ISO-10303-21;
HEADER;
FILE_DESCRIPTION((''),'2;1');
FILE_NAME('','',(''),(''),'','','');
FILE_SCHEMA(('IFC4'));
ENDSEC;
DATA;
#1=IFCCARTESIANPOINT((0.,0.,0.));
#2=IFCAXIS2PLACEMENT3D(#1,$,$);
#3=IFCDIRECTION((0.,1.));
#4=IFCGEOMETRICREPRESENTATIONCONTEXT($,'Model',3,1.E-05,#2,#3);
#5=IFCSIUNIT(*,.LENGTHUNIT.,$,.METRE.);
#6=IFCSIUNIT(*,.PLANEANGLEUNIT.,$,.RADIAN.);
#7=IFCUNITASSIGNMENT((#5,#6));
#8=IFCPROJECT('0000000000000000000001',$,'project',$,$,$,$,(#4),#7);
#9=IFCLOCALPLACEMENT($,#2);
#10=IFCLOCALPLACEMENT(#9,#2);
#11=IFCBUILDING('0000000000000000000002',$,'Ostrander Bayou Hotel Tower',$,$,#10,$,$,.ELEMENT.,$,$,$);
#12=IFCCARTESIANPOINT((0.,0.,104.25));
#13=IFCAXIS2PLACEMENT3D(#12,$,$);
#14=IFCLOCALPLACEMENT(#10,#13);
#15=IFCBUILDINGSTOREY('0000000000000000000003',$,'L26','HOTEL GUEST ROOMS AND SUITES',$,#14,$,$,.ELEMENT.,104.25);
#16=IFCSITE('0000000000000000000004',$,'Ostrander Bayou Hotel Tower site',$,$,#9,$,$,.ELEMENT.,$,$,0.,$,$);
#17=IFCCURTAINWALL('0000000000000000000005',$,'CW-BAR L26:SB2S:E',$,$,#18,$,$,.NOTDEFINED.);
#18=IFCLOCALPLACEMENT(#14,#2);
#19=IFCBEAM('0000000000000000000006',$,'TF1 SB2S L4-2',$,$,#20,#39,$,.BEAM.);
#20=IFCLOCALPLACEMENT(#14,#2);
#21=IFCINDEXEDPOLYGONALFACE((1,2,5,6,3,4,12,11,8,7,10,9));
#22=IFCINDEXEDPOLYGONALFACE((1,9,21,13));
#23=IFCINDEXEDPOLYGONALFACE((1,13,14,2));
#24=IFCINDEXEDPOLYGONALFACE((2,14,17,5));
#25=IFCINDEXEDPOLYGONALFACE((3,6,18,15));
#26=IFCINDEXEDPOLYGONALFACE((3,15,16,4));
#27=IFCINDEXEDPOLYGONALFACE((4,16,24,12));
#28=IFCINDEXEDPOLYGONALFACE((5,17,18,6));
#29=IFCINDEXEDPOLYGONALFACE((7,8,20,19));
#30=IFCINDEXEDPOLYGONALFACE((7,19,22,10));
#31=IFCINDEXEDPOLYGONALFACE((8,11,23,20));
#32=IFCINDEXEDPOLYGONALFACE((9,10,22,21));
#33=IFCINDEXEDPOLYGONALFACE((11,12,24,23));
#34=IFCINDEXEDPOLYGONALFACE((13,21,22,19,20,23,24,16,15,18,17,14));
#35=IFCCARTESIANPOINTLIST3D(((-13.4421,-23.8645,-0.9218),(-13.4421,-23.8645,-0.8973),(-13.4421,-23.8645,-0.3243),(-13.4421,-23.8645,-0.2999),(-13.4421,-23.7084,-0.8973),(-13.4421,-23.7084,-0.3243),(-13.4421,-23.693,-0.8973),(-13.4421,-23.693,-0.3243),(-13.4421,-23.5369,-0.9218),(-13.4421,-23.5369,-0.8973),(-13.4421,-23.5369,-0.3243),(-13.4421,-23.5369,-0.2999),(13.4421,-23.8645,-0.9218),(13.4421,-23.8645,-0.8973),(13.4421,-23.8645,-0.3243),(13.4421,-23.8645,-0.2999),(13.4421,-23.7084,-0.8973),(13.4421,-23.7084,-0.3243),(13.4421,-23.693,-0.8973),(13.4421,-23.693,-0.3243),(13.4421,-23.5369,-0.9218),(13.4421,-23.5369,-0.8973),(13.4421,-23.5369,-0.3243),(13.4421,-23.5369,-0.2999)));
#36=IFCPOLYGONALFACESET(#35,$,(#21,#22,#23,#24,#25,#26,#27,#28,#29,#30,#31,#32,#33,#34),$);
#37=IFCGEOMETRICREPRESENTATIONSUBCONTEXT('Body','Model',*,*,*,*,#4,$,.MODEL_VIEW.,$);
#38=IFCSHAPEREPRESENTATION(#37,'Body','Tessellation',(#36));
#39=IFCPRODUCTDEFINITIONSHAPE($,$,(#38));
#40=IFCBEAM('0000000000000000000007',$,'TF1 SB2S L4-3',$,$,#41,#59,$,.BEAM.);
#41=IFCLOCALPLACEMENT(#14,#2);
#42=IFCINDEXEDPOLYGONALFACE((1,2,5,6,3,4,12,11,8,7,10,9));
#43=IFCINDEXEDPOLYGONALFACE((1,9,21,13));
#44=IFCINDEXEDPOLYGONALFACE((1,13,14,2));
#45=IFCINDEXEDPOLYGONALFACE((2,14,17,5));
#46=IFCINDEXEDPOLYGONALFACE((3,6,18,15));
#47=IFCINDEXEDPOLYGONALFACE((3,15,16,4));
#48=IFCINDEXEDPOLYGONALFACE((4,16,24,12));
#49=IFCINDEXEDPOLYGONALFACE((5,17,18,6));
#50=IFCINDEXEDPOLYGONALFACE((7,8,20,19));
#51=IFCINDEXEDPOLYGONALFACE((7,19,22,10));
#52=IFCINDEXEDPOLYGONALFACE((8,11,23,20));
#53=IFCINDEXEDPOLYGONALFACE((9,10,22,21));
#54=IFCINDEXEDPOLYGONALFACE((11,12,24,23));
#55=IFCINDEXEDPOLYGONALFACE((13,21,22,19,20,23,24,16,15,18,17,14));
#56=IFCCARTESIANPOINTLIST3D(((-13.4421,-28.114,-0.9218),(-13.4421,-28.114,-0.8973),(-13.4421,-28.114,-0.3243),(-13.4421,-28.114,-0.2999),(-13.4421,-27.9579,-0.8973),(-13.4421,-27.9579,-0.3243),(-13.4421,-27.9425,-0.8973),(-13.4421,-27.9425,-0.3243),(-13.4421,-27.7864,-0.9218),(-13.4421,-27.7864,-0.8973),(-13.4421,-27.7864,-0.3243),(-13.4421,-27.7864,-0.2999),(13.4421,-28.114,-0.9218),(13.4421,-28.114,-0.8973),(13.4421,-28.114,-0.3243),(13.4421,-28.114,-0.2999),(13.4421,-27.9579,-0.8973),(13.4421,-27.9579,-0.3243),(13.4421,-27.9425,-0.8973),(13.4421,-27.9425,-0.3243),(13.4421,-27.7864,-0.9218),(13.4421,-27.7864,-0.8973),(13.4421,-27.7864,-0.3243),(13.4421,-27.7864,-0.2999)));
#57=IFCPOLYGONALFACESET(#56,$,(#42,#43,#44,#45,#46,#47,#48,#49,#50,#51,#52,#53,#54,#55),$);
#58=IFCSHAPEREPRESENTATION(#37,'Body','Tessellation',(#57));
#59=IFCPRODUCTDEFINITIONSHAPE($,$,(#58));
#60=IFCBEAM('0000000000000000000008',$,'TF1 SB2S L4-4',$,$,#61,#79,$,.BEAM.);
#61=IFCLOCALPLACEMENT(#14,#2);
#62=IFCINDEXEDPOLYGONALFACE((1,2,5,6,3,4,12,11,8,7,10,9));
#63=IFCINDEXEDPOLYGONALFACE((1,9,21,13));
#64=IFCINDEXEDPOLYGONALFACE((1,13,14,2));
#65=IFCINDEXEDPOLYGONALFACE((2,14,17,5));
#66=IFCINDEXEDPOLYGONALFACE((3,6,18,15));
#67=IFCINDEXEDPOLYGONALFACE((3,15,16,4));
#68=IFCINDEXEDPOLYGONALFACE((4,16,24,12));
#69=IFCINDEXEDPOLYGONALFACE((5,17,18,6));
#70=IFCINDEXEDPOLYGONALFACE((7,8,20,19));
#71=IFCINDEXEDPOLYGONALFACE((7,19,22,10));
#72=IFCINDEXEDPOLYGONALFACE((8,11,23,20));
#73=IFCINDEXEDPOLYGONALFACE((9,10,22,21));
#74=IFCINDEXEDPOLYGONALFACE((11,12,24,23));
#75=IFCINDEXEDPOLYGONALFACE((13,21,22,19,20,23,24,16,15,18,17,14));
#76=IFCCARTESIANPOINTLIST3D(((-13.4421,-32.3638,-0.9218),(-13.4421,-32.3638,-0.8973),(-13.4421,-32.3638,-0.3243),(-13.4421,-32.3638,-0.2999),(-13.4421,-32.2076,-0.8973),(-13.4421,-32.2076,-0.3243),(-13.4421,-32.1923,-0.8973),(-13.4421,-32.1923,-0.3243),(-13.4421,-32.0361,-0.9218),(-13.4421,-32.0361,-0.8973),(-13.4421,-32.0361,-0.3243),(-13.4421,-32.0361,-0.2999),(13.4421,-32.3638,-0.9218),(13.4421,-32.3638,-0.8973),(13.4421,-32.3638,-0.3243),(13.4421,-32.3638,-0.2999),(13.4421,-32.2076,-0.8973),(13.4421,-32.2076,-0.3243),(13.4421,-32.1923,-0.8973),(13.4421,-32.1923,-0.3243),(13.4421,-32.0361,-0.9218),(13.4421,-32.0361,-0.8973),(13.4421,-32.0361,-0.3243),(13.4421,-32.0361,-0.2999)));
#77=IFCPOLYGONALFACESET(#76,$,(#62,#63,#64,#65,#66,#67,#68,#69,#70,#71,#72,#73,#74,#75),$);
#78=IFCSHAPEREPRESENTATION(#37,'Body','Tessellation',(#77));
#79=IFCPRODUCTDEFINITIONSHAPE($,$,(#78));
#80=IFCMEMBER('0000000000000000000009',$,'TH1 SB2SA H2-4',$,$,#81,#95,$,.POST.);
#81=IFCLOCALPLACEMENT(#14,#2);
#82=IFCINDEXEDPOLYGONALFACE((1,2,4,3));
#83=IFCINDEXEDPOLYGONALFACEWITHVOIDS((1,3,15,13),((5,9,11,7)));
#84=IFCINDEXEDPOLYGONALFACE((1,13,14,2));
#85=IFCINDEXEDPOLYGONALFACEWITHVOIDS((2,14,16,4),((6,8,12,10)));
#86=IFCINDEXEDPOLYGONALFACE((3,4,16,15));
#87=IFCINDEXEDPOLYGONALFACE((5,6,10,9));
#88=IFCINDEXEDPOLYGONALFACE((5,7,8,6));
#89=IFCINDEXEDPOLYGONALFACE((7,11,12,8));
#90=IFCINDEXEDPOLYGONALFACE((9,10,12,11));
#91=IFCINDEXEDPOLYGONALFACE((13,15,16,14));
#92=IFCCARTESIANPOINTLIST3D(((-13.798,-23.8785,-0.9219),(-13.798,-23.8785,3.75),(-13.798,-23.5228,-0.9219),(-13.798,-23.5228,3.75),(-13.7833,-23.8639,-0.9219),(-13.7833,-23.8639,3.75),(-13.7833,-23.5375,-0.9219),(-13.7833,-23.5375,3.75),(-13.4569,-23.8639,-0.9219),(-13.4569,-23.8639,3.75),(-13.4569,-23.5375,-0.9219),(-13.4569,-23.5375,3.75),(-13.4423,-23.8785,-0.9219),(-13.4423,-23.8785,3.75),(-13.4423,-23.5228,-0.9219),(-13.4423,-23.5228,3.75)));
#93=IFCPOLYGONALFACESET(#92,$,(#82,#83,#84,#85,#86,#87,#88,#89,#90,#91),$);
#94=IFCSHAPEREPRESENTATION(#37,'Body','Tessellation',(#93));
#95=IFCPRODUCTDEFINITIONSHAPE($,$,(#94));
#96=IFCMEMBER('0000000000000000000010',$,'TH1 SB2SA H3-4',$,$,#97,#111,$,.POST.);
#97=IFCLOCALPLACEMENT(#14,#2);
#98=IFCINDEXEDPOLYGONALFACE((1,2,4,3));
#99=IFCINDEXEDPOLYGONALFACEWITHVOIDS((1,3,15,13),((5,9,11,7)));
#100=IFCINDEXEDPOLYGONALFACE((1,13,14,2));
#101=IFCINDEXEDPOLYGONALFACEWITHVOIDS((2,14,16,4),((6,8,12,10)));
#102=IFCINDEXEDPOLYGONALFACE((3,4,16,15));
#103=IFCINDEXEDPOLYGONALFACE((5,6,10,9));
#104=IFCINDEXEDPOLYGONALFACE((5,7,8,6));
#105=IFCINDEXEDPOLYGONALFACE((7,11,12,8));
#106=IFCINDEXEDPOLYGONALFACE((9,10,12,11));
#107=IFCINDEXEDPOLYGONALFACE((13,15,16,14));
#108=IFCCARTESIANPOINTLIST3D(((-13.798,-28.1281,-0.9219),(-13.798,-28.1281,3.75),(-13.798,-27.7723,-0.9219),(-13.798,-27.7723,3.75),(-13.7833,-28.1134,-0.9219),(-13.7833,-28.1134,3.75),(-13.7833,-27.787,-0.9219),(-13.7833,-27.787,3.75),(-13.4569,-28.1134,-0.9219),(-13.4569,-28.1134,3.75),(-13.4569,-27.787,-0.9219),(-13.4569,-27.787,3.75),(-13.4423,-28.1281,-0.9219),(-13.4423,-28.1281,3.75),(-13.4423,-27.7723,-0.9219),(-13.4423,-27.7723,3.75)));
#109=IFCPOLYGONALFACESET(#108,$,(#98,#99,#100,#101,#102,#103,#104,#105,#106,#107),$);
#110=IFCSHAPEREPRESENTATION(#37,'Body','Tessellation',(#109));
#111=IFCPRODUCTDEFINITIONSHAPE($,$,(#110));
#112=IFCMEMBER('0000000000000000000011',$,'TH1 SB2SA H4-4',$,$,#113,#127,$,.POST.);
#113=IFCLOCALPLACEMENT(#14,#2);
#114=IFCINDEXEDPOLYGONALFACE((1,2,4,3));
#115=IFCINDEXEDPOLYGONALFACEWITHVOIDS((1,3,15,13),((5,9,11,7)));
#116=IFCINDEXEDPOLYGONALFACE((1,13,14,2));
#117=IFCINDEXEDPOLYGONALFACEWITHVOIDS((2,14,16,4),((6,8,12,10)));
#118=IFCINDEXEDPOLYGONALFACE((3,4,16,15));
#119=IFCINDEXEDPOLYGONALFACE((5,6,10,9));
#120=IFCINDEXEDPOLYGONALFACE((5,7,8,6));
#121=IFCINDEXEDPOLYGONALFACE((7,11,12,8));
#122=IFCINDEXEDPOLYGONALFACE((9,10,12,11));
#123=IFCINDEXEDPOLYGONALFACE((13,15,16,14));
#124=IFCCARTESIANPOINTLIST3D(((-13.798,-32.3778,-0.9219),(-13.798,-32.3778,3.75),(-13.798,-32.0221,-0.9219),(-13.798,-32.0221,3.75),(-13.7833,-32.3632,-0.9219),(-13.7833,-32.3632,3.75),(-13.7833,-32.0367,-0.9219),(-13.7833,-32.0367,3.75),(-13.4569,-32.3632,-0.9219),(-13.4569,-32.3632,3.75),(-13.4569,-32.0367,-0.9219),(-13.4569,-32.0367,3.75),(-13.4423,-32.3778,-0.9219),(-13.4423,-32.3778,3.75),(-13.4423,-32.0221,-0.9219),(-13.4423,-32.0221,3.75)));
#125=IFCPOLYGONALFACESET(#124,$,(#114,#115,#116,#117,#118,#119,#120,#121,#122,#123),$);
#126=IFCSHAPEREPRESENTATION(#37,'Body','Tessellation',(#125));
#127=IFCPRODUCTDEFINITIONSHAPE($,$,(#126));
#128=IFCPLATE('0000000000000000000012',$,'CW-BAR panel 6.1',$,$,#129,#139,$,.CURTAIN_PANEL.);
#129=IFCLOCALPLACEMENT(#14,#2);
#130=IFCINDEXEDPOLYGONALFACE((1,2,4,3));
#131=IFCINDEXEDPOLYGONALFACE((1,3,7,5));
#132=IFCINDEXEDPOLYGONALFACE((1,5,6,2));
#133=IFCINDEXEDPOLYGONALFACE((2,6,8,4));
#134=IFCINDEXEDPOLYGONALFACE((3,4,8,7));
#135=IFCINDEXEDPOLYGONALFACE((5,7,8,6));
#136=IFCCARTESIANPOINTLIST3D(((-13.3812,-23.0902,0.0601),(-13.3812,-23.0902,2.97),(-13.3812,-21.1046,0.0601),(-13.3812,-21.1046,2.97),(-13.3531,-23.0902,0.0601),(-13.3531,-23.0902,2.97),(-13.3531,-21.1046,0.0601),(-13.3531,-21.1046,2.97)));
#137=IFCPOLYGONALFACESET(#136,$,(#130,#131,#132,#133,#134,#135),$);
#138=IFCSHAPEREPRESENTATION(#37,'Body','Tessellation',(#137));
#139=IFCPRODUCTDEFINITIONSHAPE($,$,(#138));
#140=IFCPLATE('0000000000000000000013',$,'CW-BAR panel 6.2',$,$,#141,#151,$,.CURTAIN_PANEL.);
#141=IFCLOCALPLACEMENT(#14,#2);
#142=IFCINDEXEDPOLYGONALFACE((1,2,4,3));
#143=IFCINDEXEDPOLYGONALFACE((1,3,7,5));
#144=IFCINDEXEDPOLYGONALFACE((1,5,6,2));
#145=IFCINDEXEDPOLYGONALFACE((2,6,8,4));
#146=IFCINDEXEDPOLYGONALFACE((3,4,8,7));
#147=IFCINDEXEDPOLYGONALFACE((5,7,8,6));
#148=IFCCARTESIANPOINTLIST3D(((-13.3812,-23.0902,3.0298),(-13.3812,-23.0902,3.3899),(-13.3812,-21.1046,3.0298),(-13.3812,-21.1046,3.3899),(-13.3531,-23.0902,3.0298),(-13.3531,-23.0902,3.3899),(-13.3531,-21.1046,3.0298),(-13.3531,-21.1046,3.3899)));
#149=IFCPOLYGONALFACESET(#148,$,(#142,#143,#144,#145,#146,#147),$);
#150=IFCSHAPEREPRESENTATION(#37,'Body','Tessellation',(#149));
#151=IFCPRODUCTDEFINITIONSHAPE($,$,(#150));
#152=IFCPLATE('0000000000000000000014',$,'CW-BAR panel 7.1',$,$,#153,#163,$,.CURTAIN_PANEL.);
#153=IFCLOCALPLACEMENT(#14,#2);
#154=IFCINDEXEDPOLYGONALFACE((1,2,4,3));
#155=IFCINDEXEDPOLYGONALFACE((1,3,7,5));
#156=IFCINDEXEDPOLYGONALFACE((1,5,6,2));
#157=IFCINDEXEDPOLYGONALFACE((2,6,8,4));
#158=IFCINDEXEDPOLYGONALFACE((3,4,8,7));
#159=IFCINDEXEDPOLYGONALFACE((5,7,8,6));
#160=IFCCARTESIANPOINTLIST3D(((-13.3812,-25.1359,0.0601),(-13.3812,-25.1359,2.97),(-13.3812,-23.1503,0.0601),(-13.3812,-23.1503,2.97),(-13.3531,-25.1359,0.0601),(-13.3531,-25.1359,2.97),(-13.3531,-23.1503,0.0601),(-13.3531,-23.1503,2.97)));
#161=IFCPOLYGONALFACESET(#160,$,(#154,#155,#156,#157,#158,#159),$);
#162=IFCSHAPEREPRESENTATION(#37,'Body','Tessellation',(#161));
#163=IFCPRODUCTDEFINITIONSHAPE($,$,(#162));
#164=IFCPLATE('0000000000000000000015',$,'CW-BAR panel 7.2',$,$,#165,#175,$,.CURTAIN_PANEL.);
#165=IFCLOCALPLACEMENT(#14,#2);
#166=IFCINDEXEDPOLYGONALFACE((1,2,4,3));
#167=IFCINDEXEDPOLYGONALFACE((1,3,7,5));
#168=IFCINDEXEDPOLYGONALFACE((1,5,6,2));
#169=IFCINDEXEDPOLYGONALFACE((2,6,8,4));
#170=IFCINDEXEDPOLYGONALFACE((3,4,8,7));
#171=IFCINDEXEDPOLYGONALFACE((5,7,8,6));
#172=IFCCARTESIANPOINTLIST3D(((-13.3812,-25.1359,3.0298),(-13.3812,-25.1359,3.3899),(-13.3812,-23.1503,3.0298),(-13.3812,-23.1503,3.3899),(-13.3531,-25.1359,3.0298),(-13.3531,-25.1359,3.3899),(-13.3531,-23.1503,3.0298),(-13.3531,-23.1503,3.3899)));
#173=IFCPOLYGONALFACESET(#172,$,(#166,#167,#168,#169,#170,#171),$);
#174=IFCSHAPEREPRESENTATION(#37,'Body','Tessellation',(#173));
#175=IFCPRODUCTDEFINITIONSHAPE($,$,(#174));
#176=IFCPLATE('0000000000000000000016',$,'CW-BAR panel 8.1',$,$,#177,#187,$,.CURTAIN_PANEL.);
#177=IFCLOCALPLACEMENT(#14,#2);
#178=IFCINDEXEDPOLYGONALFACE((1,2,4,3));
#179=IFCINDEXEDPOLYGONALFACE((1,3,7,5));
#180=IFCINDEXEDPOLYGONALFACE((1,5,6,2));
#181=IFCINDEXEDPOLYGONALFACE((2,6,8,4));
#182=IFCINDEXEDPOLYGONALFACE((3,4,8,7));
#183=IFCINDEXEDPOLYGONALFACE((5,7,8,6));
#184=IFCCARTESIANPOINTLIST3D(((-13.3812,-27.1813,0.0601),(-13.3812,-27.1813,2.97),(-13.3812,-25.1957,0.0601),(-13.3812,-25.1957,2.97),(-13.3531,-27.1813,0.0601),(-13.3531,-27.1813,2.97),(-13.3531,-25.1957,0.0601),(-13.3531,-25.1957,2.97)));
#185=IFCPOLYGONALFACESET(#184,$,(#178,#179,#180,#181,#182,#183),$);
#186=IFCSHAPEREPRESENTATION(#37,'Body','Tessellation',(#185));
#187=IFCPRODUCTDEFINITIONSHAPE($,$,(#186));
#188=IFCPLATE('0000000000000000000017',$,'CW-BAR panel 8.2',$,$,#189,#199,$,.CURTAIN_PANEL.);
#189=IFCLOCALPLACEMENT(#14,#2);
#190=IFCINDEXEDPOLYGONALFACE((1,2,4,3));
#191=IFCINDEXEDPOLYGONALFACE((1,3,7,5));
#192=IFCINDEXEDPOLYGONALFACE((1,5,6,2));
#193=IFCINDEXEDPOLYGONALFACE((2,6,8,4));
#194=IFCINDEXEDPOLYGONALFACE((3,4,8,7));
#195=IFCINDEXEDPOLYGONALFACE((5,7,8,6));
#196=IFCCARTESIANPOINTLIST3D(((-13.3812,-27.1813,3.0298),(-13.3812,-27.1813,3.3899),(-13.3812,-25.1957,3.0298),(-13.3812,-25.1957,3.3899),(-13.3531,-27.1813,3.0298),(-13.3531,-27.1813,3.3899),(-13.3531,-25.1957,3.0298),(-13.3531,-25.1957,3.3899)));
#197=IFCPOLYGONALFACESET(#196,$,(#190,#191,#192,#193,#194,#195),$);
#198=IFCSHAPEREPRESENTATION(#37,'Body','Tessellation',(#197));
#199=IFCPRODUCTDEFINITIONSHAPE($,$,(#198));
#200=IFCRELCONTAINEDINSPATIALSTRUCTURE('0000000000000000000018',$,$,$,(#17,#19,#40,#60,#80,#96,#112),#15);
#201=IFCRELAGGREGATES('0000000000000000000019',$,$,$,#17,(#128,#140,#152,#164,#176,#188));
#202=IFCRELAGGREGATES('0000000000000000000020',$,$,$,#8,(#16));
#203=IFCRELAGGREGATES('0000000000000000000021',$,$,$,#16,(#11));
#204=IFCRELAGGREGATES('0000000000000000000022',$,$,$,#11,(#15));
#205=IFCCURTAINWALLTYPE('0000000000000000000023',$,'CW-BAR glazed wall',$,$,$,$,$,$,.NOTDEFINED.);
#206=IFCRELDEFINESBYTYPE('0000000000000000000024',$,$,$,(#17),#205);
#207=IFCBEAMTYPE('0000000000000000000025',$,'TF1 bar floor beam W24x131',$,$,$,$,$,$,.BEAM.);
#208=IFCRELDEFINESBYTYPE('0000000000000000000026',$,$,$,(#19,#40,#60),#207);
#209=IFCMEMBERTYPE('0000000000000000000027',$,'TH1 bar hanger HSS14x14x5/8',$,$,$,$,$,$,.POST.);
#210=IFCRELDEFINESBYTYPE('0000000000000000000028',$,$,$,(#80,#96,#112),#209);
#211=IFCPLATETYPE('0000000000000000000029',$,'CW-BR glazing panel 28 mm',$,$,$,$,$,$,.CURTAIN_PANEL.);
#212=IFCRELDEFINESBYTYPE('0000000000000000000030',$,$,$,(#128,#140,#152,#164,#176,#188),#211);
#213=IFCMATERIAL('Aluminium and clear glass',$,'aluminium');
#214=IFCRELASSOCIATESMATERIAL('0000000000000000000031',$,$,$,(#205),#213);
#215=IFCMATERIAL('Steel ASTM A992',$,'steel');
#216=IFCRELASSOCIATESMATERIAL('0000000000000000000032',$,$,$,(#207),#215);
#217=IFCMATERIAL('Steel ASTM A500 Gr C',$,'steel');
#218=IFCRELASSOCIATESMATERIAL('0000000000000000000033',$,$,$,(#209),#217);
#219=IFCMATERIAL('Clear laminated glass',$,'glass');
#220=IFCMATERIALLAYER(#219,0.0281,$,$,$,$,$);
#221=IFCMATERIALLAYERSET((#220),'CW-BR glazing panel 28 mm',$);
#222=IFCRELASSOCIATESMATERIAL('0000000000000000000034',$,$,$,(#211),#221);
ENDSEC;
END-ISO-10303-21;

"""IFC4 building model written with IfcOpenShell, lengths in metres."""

from ifc_helpers import new_model, si_unit, direction, frame, origin, origin_2d, place, context, subcontext, project, spatial, rectangle, hollow_rectangle, i_section, extrude, material, layer, layer_set, material_profile, profile_set, type_object, element, aggregate, save


model = new_model("IFC4")

# Units and contexts
model_context = context("Model", 3, precision=1e-05, world=origin(), true_north=direction((0.0, 1.0)))
body_context = subcontext(model_context, "Body", "Model", "MODEL_VIEW")
ifc_project = project(units=[si_unit("LENGTHUNIT", "METRE"), si_unit("PLANEANGLEUNIT", "RADIAN")], contexts=[model_context])

# Site, building, storey
site_placement = place(None, origin())
site = spatial("IfcSite", under=ifc_project, at=site_placement, Name="Ostrander Bayou Hotel Tower site", CompositionType="ELEMENT", RefElevation=0.0)
building_placement = place(site_placement, origin())
building = spatial("IfcBuilding", under=site, at=building_placement, Name="Ostrander Bayou Hotel Tower", CompositionType="ELEMENT")
storey_placement = place(building_placement, frame((0.0, 0.0, 104.25)))
storey = spatial("IfcBuildingStorey", under=building, at=storey_placement, Name="L26", Description="HOTEL GUEST ROOMS AND SUITES", CompositionType="ELEMENT", Elevation=104.25)

# Curtain wall
ifc_material_1 = material(Name="Aluminium and clear glass", Category="aluminium")
curtain_wall_type = type_object("IfcCurtainWallType", Name="CW-BAR glazed wall", PredefinedType="NOTDEFINED", material=ifc_material_1)
curtain_wall_placement = place(storey_placement, origin())
curtain_wall = element("IfcCurtainWall", 1, at=curtain_wall_placement, inside=storey, type_object=curtain_wall_type, Name="CW-BAR L26:SB2S:E", PredefinedType="NOTDEFINED")

# Beams
ifc_material_2 = material(Name="Steel ASTM A992", Category="steel")
ifc_material_profile_1 = material_profile(ifc_material_2, i_section(OverallWidth=0.3276, OverallDepth=0.6218, WebThickness=0.0154, FlangeThickness=0.0244, at=origin_2d()))
ifc_profile_set_1 = profile_set([ifc_material_profile_1], Name="Steel ASTM A992")
beam_type = type_object("IfcBeamType", Name="TF1 bar floor beam W24x131", PredefinedType="BEAM", material=ifc_profile_set_1)
for number, where, z_axis, x_axis, name in (
    (2, (-13.4421, -23.7007, -0.6108), (1.0, 0.0, 0.0), (0.0, 1.0, 0.0), "TF1 SB2S L4-2"),
    (3, (-13.4421, -27.9502, -0.6108), (1.0, 0.0, 0.0), (0.0, 1.0, 0.0), "TF1 SB2S L4-3"),
    (4, (-13.4421, -32.2, -0.6108), (1.0, 0.0, 0.0), (0.0, 1.0, 0.0), "TF1 SB2S L4-4"),
):
    element("IfcBeam", number, at=place(storey_placement, frame(where, z_axis=z_axis, x_axis=x_axis)), inside=storey, type_object=beam_type, Name=name, PredefinedType="BEAM", context=body_context, shape_type="SweptSolid", body=[
        extrude(i_section(OverallWidth=0.3276, OverallDepth=0.6218, WebThickness=0.0154, FlangeThickness=0.0244, at=origin_2d()), origin(), (0.0, 0.0, 1.0), 26.8843),
    ])

# Members
ifc_material_3 = material(Name="Steel ASTM A500 Gr C", Category="steel")
ifc_material_profile_2 = material_profile(ifc_material_3, hollow_rectangle(XDim=0.3557, YDim=0.3557, WallThickness=0.0146, at=origin_2d()))
ifc_profile_set_2 = profile_set([ifc_material_profile_2], Name="Steel ASTM A500 Gr C")
member_type_1 = type_object("IfcMemberType", Name="TH1 bar hanger HSS14x14x5/8", PredefinedType="POST", material=ifc_profile_set_2)
for number, where, z_axis, x_axis, name in (
    (5, (-13.6201, -23.7007, -0.9219), (0.0, 0.0, 1.0), (1.0, 0.0, 0.0), "TH1 SB2SA H2-4"),
    (6, (-13.6201, -27.9502, -0.9219), (0.0, 0.0, 1.0), (1.0, 0.0, 0.0), "TH1 SB2SA H3-4"),
    (7, (-13.6201, -32.2, -0.9219), (0.0, 0.0, 1.0), (1.0, 0.0, 0.0), "TH1 SB2SA H4-4"),
):
    element("IfcMember", number, at=place(storey_placement, frame(where, z_axis=z_axis, x_axis=x_axis)), inside=storey, type_object=member_type_1, Name=name, PredefinedType="POST", context=body_context, shape_type="SweptSolid", body=[
        extrude(hollow_rectangle(XDim=0.3557, YDim=0.3557, WallThickness=0.0146, at=origin_2d()), origin(), (0.0, 0.0, 1.0), 4.6719),
    ])

# Plates
ifc_material_4 = material(Name="Clear laminated glass", Category="glass")
ifc_layer_1 = layer(ifc_material_4, 0.0281)
ifc_layer_set_1 = layer_set([ifc_layer_1], Name="CW-BR glazing panel 28 mm")
plate_type = type_object("IfcPlateType", Name="CW-BR glazing panel 28 mm", PredefinedType="CURTAIN_PANEL", material=ifc_layer_set_1)
plate_1_placement = place(storey_placement, frame((-13.3672, -22.0974, 0.0601), z_axis=(0.0, 0.0, 1.0), x_axis=(0.0, -1.0, 0.0)))
plate_1 = element("IfcPlate", 8, at=plate_1_placement, type_object=plate_type, Name="CW-BAR panel 6.1", PredefinedType="CURTAIN_PANEL", context=body_context, shape_type="SweptSolid", body=[
    extrude(rectangle(XDim=1.9856, YDim=0.0281, at=origin_2d()), origin(), (0.0, 0.0, 1.0), 2.9099),
])
plate_2_placement = place(storey_placement, frame((-13.3672, -22.0974, 3.0298), z_axis=(0.0, 0.0, 1.0), x_axis=(0.0, -1.0, 0.0)))
plate_2 = element("IfcPlate", 9, at=plate_2_placement, type_object=plate_type, Name="CW-BAR panel 6.2", PredefinedType="CURTAIN_PANEL", context=body_context, shape_type="SweptSolid", body=[
    extrude(rectangle(XDim=1.9856, YDim=0.0281, at=origin_2d()), origin(), (0.0, 0.0, 1.0), 0.3601),
])
plate_3_placement = place(storey_placement, frame((-13.3672, -24.1431, 0.0601), z_axis=(0.0, 0.0, 1.0), x_axis=(0.0, -1.0, 0.0)))
plate_3 = element("IfcPlate", 10, at=plate_3_placement, type_object=plate_type, Name="CW-BAR panel 7.1", PredefinedType="CURTAIN_PANEL", context=body_context, shape_type="SweptSolid", body=[
    extrude(rectangle(XDim=1.9856, YDim=0.0281, at=origin_2d()), origin(), (0.0, 0.0, 1.0), 2.9099),
])
plate_4_placement = place(storey_placement, frame((-13.3672, -24.1431, 3.0298), z_axis=(0.0, 0.0, 1.0), x_axis=(0.0, -1.0, 0.0)))
plate_4 = element("IfcPlate", 11, at=plate_4_placement, type_object=plate_type, Name="CW-BAR panel 7.2", PredefinedType="CURTAIN_PANEL", context=body_context, shape_type="SweptSolid", body=[
    extrude(rectangle(XDim=1.9856, YDim=0.0281, at=origin_2d()), origin(), (0.0, 0.0, 1.0), 0.3601),
])
plate_5_placement = place(storey_placement, frame((-13.3672, -26.1885, 0.0601), z_axis=(0.0, 0.0, 1.0), x_axis=(0.0, -1.0, 0.0)))
plate_5 = element("IfcPlate", 12, at=plate_5_placement, type_object=plate_type, Name="CW-BAR panel 8.1", PredefinedType="CURTAIN_PANEL", context=body_context, shape_type="SweptSolid", body=[
    extrude(rectangle(XDim=1.9856, YDim=0.0281, at=origin_2d()), origin(), (0.0, 0.0, 1.0), 2.9099),
])
plate_6_placement = place(storey_placement, frame((-13.3672, -26.1885, 3.0298), z_axis=(0.0, 0.0, 1.0), x_axis=(0.0, -1.0, 0.0)))
plate_6 = element("IfcPlate", 13, at=plate_6_placement, type_object=plate_type, Name="CW-BAR panel 8.2", PredefinedType="CURTAIN_PANEL", context=body_context, shape_type="SweptSolid", body=[
    extrude(rectangle(XDim=1.9856, YDim=0.0281, at=origin_2d()), origin(), (0.0, 0.0, 1.0), 0.3601),
])
aggregate(curtain_wall, [plate_1, plate_2, plate_3, plate_4, plate_5, plate_6])

save(model, "model.ifc")
